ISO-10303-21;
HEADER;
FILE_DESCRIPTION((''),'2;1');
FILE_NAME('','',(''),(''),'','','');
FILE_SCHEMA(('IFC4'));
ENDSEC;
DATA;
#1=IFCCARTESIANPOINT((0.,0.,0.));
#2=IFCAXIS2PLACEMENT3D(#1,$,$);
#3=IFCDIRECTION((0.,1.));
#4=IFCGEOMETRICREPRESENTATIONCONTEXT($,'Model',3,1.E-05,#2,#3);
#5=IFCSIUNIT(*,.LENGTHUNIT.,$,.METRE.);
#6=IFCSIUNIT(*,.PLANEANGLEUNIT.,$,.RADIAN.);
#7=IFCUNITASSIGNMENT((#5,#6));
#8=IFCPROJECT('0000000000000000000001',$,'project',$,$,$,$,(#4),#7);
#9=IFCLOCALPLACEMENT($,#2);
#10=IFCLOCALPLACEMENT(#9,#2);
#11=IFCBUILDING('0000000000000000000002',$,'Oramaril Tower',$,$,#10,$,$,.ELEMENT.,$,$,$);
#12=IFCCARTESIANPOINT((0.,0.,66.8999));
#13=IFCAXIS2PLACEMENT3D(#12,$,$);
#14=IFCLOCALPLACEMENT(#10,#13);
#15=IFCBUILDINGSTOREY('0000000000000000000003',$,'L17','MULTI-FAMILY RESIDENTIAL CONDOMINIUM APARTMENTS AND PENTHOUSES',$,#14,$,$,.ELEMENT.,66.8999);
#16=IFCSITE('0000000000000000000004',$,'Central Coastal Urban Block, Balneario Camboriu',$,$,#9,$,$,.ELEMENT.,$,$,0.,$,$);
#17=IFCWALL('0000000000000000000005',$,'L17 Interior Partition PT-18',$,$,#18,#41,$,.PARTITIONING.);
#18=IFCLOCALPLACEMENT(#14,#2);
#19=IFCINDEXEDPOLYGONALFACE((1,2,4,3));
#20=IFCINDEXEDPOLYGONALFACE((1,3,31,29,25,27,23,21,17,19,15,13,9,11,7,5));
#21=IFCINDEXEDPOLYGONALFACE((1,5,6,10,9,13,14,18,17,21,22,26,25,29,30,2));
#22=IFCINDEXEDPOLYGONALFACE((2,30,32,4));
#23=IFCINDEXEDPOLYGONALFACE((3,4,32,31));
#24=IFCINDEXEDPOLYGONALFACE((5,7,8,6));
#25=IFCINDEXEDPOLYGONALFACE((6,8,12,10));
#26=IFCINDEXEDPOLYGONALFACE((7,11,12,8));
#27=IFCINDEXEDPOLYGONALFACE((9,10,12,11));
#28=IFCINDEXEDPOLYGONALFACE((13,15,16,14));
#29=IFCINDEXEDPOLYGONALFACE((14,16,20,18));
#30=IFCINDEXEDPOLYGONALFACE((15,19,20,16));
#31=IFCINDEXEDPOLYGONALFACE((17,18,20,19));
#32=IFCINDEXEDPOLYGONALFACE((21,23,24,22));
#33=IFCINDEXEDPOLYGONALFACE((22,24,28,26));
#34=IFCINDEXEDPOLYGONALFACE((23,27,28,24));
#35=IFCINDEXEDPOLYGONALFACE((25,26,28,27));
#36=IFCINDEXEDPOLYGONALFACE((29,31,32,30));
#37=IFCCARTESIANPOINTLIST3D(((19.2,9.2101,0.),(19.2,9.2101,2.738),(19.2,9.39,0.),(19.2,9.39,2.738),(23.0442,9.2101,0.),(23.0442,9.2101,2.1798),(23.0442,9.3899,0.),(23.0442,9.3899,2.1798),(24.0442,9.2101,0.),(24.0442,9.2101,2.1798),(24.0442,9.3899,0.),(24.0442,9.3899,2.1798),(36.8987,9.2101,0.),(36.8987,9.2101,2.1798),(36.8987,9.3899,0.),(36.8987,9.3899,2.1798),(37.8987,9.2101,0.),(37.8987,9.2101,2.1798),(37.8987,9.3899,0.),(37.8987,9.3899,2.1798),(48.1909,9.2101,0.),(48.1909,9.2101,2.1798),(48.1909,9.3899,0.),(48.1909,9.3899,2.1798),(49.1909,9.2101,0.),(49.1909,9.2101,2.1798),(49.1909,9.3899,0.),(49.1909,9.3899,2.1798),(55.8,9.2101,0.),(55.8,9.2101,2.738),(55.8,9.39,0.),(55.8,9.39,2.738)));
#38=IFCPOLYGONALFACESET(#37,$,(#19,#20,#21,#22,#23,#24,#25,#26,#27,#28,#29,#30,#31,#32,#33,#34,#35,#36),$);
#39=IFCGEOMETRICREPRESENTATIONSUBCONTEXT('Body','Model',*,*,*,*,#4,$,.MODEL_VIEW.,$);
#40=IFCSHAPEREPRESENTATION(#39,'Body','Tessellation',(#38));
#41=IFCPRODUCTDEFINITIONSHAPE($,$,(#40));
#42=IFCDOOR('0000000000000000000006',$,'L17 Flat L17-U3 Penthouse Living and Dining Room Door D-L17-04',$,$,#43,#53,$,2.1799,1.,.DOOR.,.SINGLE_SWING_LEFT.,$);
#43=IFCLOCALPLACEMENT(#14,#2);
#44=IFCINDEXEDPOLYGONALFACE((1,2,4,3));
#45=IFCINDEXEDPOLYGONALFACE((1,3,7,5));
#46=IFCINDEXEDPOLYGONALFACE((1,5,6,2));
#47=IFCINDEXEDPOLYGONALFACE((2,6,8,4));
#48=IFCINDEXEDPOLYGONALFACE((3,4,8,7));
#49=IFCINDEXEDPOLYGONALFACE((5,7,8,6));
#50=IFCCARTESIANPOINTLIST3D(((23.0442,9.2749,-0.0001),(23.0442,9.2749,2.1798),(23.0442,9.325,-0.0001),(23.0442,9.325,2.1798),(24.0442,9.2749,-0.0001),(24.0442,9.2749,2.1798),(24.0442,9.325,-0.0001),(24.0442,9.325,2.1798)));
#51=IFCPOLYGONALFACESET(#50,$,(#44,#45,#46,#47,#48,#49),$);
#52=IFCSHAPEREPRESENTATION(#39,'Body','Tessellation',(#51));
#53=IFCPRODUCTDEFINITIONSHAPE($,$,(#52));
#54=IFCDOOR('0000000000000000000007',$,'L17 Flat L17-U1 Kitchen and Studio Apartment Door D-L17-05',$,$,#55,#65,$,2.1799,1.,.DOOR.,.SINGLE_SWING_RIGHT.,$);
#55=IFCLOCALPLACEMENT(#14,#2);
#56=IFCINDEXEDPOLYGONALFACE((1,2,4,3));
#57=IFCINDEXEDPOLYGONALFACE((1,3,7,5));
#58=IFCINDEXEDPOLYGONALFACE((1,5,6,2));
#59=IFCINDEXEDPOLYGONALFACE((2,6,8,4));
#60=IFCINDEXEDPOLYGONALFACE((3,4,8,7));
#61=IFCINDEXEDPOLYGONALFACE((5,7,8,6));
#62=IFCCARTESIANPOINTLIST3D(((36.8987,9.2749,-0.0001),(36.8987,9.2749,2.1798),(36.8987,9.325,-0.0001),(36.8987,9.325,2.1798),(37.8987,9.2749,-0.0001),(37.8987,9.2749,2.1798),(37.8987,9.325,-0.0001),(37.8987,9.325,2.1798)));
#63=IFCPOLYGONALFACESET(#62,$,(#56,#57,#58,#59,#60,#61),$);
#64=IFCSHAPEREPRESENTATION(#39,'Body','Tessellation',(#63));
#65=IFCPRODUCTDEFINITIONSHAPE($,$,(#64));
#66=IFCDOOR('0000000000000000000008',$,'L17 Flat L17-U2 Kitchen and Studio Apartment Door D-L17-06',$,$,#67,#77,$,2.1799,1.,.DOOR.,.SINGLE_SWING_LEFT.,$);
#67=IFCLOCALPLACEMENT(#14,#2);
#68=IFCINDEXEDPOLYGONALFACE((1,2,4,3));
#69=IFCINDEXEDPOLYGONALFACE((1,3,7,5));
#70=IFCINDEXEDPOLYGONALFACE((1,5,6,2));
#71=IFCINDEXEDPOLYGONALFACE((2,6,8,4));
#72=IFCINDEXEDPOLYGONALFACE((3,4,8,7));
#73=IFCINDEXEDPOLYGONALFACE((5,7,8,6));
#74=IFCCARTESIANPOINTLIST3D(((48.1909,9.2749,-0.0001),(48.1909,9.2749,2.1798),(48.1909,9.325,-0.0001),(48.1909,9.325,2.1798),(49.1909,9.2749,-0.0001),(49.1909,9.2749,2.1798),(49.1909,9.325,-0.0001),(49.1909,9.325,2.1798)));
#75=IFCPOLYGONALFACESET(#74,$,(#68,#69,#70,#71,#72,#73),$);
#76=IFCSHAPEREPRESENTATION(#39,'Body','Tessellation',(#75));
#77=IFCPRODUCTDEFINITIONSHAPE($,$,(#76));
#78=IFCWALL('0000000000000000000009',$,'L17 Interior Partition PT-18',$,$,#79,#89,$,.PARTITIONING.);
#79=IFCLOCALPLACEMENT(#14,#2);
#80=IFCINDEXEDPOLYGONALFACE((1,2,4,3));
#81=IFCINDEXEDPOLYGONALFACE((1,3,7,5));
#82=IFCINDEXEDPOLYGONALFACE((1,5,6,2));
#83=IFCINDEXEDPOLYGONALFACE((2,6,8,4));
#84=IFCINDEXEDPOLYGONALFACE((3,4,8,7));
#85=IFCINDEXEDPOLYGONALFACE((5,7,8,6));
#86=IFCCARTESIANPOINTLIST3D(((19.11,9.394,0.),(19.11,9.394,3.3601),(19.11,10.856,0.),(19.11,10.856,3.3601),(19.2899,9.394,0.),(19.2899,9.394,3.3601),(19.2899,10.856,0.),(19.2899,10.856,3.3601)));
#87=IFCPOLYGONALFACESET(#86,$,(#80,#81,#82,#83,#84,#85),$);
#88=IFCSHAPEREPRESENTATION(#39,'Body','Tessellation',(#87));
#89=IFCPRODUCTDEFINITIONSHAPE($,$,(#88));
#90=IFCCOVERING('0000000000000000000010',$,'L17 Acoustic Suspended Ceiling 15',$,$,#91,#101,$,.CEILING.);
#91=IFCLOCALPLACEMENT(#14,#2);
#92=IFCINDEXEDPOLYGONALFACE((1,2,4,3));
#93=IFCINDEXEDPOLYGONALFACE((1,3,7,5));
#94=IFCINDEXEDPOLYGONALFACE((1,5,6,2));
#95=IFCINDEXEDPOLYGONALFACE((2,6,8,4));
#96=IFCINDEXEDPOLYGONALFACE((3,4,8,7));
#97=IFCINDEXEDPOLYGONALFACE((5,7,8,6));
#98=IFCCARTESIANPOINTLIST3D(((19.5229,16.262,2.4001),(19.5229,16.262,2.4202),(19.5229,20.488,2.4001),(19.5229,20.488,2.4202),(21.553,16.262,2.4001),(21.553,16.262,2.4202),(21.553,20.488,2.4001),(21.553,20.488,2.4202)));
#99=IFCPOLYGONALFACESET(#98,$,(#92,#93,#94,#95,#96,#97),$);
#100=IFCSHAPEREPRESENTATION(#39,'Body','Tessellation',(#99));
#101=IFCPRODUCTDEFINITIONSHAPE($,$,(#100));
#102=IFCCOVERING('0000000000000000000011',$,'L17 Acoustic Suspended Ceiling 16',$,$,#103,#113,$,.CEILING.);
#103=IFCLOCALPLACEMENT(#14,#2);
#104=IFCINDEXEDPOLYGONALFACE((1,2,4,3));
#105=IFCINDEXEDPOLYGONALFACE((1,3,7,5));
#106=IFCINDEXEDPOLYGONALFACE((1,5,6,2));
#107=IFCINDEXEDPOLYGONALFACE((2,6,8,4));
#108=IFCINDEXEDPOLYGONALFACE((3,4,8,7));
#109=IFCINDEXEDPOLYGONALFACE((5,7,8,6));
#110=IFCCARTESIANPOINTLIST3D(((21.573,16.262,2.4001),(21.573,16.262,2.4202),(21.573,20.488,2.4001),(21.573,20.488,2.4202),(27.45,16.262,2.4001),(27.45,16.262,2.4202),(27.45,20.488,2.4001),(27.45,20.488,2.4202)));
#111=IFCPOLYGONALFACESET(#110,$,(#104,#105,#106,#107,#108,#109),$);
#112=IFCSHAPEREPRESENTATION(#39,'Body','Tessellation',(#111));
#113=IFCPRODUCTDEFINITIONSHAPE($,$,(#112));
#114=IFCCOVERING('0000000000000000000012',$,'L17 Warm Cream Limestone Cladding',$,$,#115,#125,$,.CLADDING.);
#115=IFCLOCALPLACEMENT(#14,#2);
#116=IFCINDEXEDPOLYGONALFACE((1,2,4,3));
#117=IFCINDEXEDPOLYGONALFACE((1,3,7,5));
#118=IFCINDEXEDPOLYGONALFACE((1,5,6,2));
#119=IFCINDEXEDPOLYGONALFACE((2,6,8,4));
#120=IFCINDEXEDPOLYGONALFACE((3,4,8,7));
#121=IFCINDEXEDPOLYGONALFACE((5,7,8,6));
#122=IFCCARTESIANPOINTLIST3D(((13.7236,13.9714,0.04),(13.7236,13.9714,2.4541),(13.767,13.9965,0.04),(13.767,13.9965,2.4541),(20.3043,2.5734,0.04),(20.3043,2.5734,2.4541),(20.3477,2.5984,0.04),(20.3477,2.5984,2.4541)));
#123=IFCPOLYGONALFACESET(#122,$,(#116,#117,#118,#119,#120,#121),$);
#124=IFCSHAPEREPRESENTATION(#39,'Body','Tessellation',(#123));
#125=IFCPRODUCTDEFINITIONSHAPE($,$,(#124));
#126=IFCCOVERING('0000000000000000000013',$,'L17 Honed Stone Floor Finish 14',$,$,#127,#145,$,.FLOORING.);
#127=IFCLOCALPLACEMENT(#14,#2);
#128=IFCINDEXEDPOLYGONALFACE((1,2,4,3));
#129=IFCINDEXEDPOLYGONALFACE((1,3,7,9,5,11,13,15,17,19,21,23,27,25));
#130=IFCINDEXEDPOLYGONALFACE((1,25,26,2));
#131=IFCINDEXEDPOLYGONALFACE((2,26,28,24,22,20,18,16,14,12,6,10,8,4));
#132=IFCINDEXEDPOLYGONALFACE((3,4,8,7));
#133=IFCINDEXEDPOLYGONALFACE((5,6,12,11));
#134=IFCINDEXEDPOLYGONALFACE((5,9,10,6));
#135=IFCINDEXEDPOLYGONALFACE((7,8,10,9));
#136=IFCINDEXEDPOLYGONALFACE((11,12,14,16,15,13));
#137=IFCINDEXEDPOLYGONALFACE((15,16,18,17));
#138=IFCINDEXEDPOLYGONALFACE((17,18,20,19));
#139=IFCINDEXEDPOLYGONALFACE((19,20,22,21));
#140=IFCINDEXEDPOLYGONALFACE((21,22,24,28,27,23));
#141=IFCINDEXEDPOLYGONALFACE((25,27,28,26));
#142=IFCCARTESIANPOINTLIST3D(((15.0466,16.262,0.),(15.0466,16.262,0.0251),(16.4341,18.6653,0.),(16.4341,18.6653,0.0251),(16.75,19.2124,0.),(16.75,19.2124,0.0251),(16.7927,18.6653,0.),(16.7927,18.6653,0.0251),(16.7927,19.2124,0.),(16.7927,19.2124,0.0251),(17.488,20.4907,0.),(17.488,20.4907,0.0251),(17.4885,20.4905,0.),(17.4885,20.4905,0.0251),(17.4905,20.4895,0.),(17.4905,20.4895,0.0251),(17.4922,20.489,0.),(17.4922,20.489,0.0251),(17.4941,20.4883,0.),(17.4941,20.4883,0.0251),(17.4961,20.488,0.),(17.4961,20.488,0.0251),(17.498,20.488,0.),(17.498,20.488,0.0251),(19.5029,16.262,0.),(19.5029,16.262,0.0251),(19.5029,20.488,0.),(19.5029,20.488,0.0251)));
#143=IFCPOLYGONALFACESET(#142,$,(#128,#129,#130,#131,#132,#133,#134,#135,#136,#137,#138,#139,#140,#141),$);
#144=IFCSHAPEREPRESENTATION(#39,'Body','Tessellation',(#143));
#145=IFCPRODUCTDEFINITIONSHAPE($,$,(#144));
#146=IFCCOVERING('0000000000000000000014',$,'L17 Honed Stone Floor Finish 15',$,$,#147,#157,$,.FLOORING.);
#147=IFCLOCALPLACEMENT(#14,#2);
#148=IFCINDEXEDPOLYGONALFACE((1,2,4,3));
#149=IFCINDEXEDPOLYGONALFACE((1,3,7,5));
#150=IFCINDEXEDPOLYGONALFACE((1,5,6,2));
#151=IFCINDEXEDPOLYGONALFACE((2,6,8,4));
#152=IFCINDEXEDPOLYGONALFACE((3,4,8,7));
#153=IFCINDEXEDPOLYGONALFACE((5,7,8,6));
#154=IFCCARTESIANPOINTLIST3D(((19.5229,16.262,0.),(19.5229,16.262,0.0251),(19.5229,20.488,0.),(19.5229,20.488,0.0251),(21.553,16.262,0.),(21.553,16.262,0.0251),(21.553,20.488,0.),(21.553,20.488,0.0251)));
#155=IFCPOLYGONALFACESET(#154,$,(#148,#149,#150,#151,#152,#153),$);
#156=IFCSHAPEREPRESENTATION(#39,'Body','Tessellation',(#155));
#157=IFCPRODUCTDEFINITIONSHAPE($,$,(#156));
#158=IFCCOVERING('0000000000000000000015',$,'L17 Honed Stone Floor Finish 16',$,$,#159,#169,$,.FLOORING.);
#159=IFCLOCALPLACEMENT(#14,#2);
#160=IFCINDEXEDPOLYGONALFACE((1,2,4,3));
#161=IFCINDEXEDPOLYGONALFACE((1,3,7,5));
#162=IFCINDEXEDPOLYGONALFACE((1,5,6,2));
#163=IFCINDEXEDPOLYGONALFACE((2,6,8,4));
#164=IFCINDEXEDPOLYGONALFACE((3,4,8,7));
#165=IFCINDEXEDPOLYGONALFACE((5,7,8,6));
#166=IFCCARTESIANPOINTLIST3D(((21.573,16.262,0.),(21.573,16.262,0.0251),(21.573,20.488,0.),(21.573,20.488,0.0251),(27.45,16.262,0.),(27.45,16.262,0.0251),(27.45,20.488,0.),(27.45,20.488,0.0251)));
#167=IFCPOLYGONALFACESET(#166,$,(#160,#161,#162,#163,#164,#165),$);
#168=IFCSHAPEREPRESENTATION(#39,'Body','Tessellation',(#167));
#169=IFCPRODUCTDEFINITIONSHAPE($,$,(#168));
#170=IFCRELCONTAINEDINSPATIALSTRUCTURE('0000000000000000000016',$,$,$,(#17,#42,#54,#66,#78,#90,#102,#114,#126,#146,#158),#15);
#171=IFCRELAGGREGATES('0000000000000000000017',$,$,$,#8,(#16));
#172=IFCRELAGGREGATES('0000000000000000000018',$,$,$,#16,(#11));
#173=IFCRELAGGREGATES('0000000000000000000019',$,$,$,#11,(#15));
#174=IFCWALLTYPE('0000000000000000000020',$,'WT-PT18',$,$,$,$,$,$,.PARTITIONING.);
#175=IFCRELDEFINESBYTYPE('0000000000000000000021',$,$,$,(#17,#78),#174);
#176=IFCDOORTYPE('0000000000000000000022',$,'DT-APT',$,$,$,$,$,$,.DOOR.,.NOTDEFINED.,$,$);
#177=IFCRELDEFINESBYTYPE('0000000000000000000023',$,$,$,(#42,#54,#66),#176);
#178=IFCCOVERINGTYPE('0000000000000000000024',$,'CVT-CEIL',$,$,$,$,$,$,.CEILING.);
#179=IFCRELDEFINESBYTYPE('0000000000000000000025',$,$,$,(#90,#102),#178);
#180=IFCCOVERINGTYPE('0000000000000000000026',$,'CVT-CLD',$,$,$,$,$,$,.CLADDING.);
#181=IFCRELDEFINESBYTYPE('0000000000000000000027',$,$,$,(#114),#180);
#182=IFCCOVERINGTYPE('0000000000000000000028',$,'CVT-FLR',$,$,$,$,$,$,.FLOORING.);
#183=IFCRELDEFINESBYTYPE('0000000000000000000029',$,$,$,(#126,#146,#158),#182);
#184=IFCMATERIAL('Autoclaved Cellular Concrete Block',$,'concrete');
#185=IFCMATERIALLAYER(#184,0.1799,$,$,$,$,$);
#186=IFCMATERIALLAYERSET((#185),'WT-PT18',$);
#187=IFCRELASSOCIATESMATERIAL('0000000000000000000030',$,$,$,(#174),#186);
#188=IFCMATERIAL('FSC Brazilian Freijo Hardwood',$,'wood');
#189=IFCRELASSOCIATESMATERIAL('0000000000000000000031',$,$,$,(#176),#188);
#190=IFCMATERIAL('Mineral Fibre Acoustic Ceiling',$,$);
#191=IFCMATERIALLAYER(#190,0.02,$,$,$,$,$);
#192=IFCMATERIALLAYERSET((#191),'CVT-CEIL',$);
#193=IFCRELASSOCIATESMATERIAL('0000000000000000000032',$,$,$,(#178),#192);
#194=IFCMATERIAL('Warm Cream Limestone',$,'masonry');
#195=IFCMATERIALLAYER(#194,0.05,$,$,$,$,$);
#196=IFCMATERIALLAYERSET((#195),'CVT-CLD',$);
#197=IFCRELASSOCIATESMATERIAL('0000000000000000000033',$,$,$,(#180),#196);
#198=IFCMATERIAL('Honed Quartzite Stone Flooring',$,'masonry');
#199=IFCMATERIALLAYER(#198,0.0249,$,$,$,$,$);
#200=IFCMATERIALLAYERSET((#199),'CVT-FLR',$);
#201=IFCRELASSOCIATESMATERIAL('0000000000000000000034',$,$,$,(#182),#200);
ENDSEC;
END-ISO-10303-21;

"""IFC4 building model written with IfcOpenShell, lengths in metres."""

from ifc_helpers import new_model, si_unit, direction, frame, frame_2d, origin, origin_2d, place, context, subcontext, project, spatial, polyline, rectangle, outline, extrude, material, layer, layer_set, type_object, element, fill, save


model = new_model("IFC4")

# Units and contexts
model_context = context("Model", 3, precision=1e-05, world=origin(), true_north=direction((0.0, 1.0)))
body_context = subcontext(model_context, "Body", "Model", "MODEL_VIEW")
ifc_project = project(units=[si_unit("LENGTHUNIT", "METRE"), si_unit("PLANEANGLEUNIT", "RADIAN")], contexts=[model_context])

# Site, building, storey
site_placement = place(None, origin())
site = spatial("IfcSite", under=ifc_project, at=site_placement, Name="Central Coastal Urban Block, Balneario Camboriu", CompositionType="ELEMENT", RefElevation=0.0)
building_placement = place(site_placement, origin())
building = spatial("IfcBuilding", under=site, at=building_placement, Name="Oramaril Tower", CompositionType="ELEMENT")
storey_placement = place(building_placement, frame((0.0, 0.0, 66.8999)))
storey = spatial("IfcBuildingStorey", under=building, at=storey_placement, Name="L17", Description="MULTI-FAMILY RESIDENTIAL CONDOMINIUM APARTMENTS AND PENTHOUSES", CompositionType="ELEMENT", Elevation=66.8999)

# Wall, openings, doors
ifc_material_1 = material(Name="Autoclaved Cellular Concrete Block", Category="concrete")
ifc_layer_1 = layer(ifc_material_1, 0.1799)
ifc_layer_set_1 = layer_set([ifc_layer_1], Name="WT-PT18")
wall_type_1 = type_object("IfcWallType", Name="WT-PT18", PredefinedType="PARTITIONING", material=ifc_layer_set_1)
wall_1_placement = place(storey_placement, frame((19.2, 9.3, 0.0), z_axis=(0.0, 0.0, 1.0), x_axis=(1.0, 0.0, 0.0)))
wall_1 = element("IfcWall", 1, at=wall_1_placement, inside=storey, type_object=wall_type_1, Name="L17 Interior Partition PT-18", PredefinedType="PARTITIONING", context=body_context, shape_type="SweptSolid", body=[
    extrude(rectangle(XDim=36.6001, YDim=0.1799, at=frame_2d((18.3, 0.0))), origin(), (0.0, 0.0, 1.0), 2.738),
])
opening_1_placement = place(wall_1_placement, frame((3.8442, 0.0, 0.0)))
opening_1 = element("IfcOpeningElement", 2, at=opening_1_placement, cuts=wall_1, PredefinedType="OPENING", context=body_context, shape_type="SweptSolid", body=[
    extrude(rectangle(XDim=1.0, YDim=2.1799, at=frame_2d((0.5, 1.0898))), frame((0.0, 0.0898, 0.0), z_axis=(0.0, -1.0, 0.0), x_axis=(1.0, 0.0, 0.0)), (0.0, 0.0, 1.0), 0.1799),
])
opening_2_placement = place(wall_1_placement, frame((17.6987, 0.0, 0.0)))
opening_2 = element("IfcOpeningElement", 3, at=opening_2_placement, cuts=wall_1, PredefinedType="OPENING", context=body_context, shape_type="SweptSolid", body=[
    extrude(rectangle(XDim=1.0, YDim=2.1799, at=frame_2d((0.5, 1.0898))), frame((0.0, 0.0898, 0.0), z_axis=(0.0, -1.0, 0.0), x_axis=(1.0, 0.0, 0.0)), (0.0, 0.0, 1.0), 0.1799),
])
opening_3_placement = place(wall_1_placement, frame((28.991, 0.0, 0.0)))
opening_3 = element("IfcOpeningElement", 4, at=opening_3_placement, cuts=wall_1, PredefinedType="OPENING", context=body_context, shape_type="SweptSolid", body=[
    extrude(rectangle(XDim=1.0, YDim=2.1799, at=frame_2d((0.5, 1.0898))), frame((0.0, 0.0898, 0.0), z_axis=(0.0, -1.0, 0.0), x_axis=(1.0, 0.0, 0.0)), (0.0, 0.0, 1.0), 0.1799),
])
ifc_material_2 = material(Name="FSC Brazilian Freijo Hardwood", Category="wood")
door_type_1 = type_object("IfcDoorType", Name="DT-APT", OperationType="NOTDEFINED", PredefinedType="DOOR", material=ifc_material_2)
door_1_placement = place(opening_1_placement, origin())
door_1 = element("IfcDoor", 5, at=door_1_placement, inside=storey, type_object=door_type_1, Name="L17 Flat L17-U3 Penthouse Living and Dining Room Door D-L17-04", OperationType="SINGLE_SWING_LEFT", OverallHeight=2.1799, OverallWidth=1.0, PredefinedType="DOOR", context=body_context, shape_type="SweptSolid", body=[
    extrude(rectangle(XDim=1.0, YDim=2.1799, at=frame_2d((0.5, 1.0898))), frame((0.0, 0.0249, 0.0), z_axis=(0.0, -1.0, 0.0), x_axis=(1.0, 0.0, 0.0)), (0.0, 0.0, 1.0), 0.05),
])
fill(opening_1, door_1)
door_2_placement = place(opening_2_placement, origin())
door_2 = element("IfcDoor", 6, at=door_2_placement, inside=storey, type_object=door_type_1, Name="L17 Flat L17-U1 Kitchen and Studio Apartment Door D-L17-05", OperationType="SINGLE_SWING_RIGHT", OverallHeight=2.1799, OverallWidth=1.0, PredefinedType="DOOR", context=body_context, shape_type="SweptSolid", body=[
    extrude(rectangle(XDim=1.0, YDim=2.1799, at=frame_2d((0.5, 1.0898))), frame((0.0, 0.0249, 0.0), z_axis=(0.0, -1.0, 0.0), x_axis=(1.0, 0.0, 0.0)), (0.0, 0.0, 1.0), 0.05),
])
fill(opening_2, door_2)
door_3_placement = place(opening_3_placement, origin())
door_3 = element("IfcDoor", 7, at=door_3_placement, inside=storey, type_object=door_type_1, Name="L17 Flat L17-U2 Kitchen and Studio Apartment Door D-L17-06", OperationType="SINGLE_SWING_LEFT", OverallHeight=2.1799, OverallWidth=1.0, PredefinedType="DOOR", context=body_context, shape_type="SweptSolid", body=[
    extrude(rectangle(XDim=1.0, YDim=2.1799, at=frame_2d((0.5, 1.0898))), frame((0.0, 0.0249, 0.0), z_axis=(0.0, -1.0, 0.0), x_axis=(1.0, 0.0, 0.0)), (0.0, 0.0, 1.0), 0.05),
])
fill(opening_3, door_3)

# Wall
wall_2_placement = place(storey_placement, frame((19.2, 9.394, 0.0), z_axis=(0.0, 0.0, 1.0), x_axis=(0.0, 1.0, 0.0)))
element("IfcWall", 8, at=wall_2_placement, inside=storey, type_object=wall_type_1, Name="L17 Interior Partition PT-18", PredefinedType="PARTITIONING", context=body_context, shape_type="SweptSolid", body=[
    extrude(rectangle(XDim=1.4619, YDim=0.1799, at=frame_2d((0.731, 0.0))), origin(), (0.0, 0.0, 1.0), 3.3601),
])

# Coverings
ifc_material_3 = material(Name="Mineral Fibre Acoustic Ceiling")
ifc_layer_2 = layer(ifc_material_3, 0.02)
ifc_layer_set_2 = layer_set([ifc_layer_2], Name="CVT-CEIL")
covering_type_1 = type_object("IfcCoveringType", Name="CVT-CEIL", PredefinedType="CEILING", material=ifc_layer_set_2)
covering_1_placement = place(storey_placement, frame((0.0, 0.0, 2.4001)))
element("IfcCovering", 9, at=covering_1_placement, inside=storey, type_object=covering_type_1, Name="L17 Acoustic Suspended Ceiling 15", PredefinedType="CEILING", context=body_context, shape_type="SweptSolid", body=[
    extrude(outline(polyline([(21.553, 16.262), (19.5229, 16.262), (19.5229, 20.488), (21.553, 20.488), (21.553, 16.262)])), origin(), (0.0, 0.0, 1.0), 0.02),
])
covering_2_placement = place(storey_placement, frame((0.0, 0.0, 2.4001)))
element("IfcCovering", 10, at=covering_2_placement, inside=storey, type_object=covering_type_1, Name="L17 Acoustic Suspended Ceiling 16", PredefinedType="CEILING", context=body_context, shape_type="SweptSolid", body=[
    extrude(outline(polyline([(21.573, 20.488), (27.45, 20.488), (27.45, 16.262), (21.573, 16.262), (21.573, 20.488)])), origin(), (0.0, 0.0, 1.0), 0.02),
])
ifc_material_4 = material(Name="Warm Cream Limestone", Category="masonry")
ifc_layer_3 = layer(ifc_material_4, 0.05)
ifc_layer_set_3 = layer_set([ifc_layer_3], Name="CVT-CLD")
covering_type_2 = type_object("IfcCoveringType", Name="CVT-CLD", PredefinedType="CLADDING", material=ifc_layer_set_3)
covering_3_placement = place(storey_placement, frame((17.0356, 8.2849, 0.04), z_axis=(0.0, 0.0, 1.0), x_axis=(0.5, -0.866025, 0.0)))
element("IfcCovering", 11, at=covering_3_placement, inside=storey, type_object=covering_type_2, Name="L17 Warm Cream Limestone Cladding", PredefinedType="CLADDING", context=body_context, shape_type="SweptSolid", body=[
    extrude(rectangle(XDim=13.1614, YDim=0.05, at=origin_2d()), origin(), (0.0, 0.0, 1.0), 2.4141),
])
ifc_material_5 = material(Name="Honed Quartzite Stone Flooring", Category="masonry")
ifc_layer_4 = layer(ifc_material_5, 0.0249)
ifc_layer_set_4 = layer_set([ifc_layer_4], Name="CVT-FLR")
covering_type_3 = type_object("IfcCoveringType", Name="CVT-FLR", PredefinedType="FLOORING", material=ifc_layer_set_4)
covering_4_placement = place(storey_placement, origin())
element("IfcCovering", 12, at=covering_4_placement, inside=storey, type_object=covering_type_3, Name="L17 Honed Stone Floor Finish 14", PredefinedType="FLOORING", context=body_context, shape_type="SweptSolid", body=[
    extrude(outline(polyline([(16.7927, 18.6653), (16.7927, 19.2124), (16.75, 19.2124), (17.488, 20.4907), (17.4885, 20.4905), (17.4905, 20.4895), (17.4922, 20.489), (17.4941, 20.4883), (17.4961, 20.488), (17.498, 20.488), (19.5029, 20.488), (19.5029, 16.262), (15.0466, 16.262), (16.4341, 18.6653), (16.7927, 18.6653)])), origin(), (0.0, 0.0, 1.0), 0.0251),
])
covering_5_placement = place(storey_placement, origin())
element("IfcCovering", 13, at=covering_5_placement, inside=storey, type_object=covering_type_3, Name="L17 Honed Stone Floor Finish 15", PredefinedType="FLOORING", context=body_context, shape_type="SweptSolid", body=[
    extrude(outline(polyline([(21.553, 16.262), (19.5229, 16.262), (19.5229, 20.488), (21.553, 20.488), (21.553, 16.262)])), origin(), (0.0, 0.0, 1.0), 0.0251),
])
covering_6_placement = place(storey_placement, origin())
element("IfcCovering", 14, at=covering_6_placement, inside=storey, type_object=covering_type_3, Name="L17 Honed Stone Floor Finish 16", PredefinedType="FLOORING", context=body_context, shape_type="SweptSolid", body=[
    extrude(outline(polyline([(21.573, 20.488), (27.45, 20.488), (27.45, 16.262), (21.573, 16.262), (21.573, 20.488)])), origin(), (0.0, 0.0, 1.0), 0.0251),
])

save(model, "model.ifc")
